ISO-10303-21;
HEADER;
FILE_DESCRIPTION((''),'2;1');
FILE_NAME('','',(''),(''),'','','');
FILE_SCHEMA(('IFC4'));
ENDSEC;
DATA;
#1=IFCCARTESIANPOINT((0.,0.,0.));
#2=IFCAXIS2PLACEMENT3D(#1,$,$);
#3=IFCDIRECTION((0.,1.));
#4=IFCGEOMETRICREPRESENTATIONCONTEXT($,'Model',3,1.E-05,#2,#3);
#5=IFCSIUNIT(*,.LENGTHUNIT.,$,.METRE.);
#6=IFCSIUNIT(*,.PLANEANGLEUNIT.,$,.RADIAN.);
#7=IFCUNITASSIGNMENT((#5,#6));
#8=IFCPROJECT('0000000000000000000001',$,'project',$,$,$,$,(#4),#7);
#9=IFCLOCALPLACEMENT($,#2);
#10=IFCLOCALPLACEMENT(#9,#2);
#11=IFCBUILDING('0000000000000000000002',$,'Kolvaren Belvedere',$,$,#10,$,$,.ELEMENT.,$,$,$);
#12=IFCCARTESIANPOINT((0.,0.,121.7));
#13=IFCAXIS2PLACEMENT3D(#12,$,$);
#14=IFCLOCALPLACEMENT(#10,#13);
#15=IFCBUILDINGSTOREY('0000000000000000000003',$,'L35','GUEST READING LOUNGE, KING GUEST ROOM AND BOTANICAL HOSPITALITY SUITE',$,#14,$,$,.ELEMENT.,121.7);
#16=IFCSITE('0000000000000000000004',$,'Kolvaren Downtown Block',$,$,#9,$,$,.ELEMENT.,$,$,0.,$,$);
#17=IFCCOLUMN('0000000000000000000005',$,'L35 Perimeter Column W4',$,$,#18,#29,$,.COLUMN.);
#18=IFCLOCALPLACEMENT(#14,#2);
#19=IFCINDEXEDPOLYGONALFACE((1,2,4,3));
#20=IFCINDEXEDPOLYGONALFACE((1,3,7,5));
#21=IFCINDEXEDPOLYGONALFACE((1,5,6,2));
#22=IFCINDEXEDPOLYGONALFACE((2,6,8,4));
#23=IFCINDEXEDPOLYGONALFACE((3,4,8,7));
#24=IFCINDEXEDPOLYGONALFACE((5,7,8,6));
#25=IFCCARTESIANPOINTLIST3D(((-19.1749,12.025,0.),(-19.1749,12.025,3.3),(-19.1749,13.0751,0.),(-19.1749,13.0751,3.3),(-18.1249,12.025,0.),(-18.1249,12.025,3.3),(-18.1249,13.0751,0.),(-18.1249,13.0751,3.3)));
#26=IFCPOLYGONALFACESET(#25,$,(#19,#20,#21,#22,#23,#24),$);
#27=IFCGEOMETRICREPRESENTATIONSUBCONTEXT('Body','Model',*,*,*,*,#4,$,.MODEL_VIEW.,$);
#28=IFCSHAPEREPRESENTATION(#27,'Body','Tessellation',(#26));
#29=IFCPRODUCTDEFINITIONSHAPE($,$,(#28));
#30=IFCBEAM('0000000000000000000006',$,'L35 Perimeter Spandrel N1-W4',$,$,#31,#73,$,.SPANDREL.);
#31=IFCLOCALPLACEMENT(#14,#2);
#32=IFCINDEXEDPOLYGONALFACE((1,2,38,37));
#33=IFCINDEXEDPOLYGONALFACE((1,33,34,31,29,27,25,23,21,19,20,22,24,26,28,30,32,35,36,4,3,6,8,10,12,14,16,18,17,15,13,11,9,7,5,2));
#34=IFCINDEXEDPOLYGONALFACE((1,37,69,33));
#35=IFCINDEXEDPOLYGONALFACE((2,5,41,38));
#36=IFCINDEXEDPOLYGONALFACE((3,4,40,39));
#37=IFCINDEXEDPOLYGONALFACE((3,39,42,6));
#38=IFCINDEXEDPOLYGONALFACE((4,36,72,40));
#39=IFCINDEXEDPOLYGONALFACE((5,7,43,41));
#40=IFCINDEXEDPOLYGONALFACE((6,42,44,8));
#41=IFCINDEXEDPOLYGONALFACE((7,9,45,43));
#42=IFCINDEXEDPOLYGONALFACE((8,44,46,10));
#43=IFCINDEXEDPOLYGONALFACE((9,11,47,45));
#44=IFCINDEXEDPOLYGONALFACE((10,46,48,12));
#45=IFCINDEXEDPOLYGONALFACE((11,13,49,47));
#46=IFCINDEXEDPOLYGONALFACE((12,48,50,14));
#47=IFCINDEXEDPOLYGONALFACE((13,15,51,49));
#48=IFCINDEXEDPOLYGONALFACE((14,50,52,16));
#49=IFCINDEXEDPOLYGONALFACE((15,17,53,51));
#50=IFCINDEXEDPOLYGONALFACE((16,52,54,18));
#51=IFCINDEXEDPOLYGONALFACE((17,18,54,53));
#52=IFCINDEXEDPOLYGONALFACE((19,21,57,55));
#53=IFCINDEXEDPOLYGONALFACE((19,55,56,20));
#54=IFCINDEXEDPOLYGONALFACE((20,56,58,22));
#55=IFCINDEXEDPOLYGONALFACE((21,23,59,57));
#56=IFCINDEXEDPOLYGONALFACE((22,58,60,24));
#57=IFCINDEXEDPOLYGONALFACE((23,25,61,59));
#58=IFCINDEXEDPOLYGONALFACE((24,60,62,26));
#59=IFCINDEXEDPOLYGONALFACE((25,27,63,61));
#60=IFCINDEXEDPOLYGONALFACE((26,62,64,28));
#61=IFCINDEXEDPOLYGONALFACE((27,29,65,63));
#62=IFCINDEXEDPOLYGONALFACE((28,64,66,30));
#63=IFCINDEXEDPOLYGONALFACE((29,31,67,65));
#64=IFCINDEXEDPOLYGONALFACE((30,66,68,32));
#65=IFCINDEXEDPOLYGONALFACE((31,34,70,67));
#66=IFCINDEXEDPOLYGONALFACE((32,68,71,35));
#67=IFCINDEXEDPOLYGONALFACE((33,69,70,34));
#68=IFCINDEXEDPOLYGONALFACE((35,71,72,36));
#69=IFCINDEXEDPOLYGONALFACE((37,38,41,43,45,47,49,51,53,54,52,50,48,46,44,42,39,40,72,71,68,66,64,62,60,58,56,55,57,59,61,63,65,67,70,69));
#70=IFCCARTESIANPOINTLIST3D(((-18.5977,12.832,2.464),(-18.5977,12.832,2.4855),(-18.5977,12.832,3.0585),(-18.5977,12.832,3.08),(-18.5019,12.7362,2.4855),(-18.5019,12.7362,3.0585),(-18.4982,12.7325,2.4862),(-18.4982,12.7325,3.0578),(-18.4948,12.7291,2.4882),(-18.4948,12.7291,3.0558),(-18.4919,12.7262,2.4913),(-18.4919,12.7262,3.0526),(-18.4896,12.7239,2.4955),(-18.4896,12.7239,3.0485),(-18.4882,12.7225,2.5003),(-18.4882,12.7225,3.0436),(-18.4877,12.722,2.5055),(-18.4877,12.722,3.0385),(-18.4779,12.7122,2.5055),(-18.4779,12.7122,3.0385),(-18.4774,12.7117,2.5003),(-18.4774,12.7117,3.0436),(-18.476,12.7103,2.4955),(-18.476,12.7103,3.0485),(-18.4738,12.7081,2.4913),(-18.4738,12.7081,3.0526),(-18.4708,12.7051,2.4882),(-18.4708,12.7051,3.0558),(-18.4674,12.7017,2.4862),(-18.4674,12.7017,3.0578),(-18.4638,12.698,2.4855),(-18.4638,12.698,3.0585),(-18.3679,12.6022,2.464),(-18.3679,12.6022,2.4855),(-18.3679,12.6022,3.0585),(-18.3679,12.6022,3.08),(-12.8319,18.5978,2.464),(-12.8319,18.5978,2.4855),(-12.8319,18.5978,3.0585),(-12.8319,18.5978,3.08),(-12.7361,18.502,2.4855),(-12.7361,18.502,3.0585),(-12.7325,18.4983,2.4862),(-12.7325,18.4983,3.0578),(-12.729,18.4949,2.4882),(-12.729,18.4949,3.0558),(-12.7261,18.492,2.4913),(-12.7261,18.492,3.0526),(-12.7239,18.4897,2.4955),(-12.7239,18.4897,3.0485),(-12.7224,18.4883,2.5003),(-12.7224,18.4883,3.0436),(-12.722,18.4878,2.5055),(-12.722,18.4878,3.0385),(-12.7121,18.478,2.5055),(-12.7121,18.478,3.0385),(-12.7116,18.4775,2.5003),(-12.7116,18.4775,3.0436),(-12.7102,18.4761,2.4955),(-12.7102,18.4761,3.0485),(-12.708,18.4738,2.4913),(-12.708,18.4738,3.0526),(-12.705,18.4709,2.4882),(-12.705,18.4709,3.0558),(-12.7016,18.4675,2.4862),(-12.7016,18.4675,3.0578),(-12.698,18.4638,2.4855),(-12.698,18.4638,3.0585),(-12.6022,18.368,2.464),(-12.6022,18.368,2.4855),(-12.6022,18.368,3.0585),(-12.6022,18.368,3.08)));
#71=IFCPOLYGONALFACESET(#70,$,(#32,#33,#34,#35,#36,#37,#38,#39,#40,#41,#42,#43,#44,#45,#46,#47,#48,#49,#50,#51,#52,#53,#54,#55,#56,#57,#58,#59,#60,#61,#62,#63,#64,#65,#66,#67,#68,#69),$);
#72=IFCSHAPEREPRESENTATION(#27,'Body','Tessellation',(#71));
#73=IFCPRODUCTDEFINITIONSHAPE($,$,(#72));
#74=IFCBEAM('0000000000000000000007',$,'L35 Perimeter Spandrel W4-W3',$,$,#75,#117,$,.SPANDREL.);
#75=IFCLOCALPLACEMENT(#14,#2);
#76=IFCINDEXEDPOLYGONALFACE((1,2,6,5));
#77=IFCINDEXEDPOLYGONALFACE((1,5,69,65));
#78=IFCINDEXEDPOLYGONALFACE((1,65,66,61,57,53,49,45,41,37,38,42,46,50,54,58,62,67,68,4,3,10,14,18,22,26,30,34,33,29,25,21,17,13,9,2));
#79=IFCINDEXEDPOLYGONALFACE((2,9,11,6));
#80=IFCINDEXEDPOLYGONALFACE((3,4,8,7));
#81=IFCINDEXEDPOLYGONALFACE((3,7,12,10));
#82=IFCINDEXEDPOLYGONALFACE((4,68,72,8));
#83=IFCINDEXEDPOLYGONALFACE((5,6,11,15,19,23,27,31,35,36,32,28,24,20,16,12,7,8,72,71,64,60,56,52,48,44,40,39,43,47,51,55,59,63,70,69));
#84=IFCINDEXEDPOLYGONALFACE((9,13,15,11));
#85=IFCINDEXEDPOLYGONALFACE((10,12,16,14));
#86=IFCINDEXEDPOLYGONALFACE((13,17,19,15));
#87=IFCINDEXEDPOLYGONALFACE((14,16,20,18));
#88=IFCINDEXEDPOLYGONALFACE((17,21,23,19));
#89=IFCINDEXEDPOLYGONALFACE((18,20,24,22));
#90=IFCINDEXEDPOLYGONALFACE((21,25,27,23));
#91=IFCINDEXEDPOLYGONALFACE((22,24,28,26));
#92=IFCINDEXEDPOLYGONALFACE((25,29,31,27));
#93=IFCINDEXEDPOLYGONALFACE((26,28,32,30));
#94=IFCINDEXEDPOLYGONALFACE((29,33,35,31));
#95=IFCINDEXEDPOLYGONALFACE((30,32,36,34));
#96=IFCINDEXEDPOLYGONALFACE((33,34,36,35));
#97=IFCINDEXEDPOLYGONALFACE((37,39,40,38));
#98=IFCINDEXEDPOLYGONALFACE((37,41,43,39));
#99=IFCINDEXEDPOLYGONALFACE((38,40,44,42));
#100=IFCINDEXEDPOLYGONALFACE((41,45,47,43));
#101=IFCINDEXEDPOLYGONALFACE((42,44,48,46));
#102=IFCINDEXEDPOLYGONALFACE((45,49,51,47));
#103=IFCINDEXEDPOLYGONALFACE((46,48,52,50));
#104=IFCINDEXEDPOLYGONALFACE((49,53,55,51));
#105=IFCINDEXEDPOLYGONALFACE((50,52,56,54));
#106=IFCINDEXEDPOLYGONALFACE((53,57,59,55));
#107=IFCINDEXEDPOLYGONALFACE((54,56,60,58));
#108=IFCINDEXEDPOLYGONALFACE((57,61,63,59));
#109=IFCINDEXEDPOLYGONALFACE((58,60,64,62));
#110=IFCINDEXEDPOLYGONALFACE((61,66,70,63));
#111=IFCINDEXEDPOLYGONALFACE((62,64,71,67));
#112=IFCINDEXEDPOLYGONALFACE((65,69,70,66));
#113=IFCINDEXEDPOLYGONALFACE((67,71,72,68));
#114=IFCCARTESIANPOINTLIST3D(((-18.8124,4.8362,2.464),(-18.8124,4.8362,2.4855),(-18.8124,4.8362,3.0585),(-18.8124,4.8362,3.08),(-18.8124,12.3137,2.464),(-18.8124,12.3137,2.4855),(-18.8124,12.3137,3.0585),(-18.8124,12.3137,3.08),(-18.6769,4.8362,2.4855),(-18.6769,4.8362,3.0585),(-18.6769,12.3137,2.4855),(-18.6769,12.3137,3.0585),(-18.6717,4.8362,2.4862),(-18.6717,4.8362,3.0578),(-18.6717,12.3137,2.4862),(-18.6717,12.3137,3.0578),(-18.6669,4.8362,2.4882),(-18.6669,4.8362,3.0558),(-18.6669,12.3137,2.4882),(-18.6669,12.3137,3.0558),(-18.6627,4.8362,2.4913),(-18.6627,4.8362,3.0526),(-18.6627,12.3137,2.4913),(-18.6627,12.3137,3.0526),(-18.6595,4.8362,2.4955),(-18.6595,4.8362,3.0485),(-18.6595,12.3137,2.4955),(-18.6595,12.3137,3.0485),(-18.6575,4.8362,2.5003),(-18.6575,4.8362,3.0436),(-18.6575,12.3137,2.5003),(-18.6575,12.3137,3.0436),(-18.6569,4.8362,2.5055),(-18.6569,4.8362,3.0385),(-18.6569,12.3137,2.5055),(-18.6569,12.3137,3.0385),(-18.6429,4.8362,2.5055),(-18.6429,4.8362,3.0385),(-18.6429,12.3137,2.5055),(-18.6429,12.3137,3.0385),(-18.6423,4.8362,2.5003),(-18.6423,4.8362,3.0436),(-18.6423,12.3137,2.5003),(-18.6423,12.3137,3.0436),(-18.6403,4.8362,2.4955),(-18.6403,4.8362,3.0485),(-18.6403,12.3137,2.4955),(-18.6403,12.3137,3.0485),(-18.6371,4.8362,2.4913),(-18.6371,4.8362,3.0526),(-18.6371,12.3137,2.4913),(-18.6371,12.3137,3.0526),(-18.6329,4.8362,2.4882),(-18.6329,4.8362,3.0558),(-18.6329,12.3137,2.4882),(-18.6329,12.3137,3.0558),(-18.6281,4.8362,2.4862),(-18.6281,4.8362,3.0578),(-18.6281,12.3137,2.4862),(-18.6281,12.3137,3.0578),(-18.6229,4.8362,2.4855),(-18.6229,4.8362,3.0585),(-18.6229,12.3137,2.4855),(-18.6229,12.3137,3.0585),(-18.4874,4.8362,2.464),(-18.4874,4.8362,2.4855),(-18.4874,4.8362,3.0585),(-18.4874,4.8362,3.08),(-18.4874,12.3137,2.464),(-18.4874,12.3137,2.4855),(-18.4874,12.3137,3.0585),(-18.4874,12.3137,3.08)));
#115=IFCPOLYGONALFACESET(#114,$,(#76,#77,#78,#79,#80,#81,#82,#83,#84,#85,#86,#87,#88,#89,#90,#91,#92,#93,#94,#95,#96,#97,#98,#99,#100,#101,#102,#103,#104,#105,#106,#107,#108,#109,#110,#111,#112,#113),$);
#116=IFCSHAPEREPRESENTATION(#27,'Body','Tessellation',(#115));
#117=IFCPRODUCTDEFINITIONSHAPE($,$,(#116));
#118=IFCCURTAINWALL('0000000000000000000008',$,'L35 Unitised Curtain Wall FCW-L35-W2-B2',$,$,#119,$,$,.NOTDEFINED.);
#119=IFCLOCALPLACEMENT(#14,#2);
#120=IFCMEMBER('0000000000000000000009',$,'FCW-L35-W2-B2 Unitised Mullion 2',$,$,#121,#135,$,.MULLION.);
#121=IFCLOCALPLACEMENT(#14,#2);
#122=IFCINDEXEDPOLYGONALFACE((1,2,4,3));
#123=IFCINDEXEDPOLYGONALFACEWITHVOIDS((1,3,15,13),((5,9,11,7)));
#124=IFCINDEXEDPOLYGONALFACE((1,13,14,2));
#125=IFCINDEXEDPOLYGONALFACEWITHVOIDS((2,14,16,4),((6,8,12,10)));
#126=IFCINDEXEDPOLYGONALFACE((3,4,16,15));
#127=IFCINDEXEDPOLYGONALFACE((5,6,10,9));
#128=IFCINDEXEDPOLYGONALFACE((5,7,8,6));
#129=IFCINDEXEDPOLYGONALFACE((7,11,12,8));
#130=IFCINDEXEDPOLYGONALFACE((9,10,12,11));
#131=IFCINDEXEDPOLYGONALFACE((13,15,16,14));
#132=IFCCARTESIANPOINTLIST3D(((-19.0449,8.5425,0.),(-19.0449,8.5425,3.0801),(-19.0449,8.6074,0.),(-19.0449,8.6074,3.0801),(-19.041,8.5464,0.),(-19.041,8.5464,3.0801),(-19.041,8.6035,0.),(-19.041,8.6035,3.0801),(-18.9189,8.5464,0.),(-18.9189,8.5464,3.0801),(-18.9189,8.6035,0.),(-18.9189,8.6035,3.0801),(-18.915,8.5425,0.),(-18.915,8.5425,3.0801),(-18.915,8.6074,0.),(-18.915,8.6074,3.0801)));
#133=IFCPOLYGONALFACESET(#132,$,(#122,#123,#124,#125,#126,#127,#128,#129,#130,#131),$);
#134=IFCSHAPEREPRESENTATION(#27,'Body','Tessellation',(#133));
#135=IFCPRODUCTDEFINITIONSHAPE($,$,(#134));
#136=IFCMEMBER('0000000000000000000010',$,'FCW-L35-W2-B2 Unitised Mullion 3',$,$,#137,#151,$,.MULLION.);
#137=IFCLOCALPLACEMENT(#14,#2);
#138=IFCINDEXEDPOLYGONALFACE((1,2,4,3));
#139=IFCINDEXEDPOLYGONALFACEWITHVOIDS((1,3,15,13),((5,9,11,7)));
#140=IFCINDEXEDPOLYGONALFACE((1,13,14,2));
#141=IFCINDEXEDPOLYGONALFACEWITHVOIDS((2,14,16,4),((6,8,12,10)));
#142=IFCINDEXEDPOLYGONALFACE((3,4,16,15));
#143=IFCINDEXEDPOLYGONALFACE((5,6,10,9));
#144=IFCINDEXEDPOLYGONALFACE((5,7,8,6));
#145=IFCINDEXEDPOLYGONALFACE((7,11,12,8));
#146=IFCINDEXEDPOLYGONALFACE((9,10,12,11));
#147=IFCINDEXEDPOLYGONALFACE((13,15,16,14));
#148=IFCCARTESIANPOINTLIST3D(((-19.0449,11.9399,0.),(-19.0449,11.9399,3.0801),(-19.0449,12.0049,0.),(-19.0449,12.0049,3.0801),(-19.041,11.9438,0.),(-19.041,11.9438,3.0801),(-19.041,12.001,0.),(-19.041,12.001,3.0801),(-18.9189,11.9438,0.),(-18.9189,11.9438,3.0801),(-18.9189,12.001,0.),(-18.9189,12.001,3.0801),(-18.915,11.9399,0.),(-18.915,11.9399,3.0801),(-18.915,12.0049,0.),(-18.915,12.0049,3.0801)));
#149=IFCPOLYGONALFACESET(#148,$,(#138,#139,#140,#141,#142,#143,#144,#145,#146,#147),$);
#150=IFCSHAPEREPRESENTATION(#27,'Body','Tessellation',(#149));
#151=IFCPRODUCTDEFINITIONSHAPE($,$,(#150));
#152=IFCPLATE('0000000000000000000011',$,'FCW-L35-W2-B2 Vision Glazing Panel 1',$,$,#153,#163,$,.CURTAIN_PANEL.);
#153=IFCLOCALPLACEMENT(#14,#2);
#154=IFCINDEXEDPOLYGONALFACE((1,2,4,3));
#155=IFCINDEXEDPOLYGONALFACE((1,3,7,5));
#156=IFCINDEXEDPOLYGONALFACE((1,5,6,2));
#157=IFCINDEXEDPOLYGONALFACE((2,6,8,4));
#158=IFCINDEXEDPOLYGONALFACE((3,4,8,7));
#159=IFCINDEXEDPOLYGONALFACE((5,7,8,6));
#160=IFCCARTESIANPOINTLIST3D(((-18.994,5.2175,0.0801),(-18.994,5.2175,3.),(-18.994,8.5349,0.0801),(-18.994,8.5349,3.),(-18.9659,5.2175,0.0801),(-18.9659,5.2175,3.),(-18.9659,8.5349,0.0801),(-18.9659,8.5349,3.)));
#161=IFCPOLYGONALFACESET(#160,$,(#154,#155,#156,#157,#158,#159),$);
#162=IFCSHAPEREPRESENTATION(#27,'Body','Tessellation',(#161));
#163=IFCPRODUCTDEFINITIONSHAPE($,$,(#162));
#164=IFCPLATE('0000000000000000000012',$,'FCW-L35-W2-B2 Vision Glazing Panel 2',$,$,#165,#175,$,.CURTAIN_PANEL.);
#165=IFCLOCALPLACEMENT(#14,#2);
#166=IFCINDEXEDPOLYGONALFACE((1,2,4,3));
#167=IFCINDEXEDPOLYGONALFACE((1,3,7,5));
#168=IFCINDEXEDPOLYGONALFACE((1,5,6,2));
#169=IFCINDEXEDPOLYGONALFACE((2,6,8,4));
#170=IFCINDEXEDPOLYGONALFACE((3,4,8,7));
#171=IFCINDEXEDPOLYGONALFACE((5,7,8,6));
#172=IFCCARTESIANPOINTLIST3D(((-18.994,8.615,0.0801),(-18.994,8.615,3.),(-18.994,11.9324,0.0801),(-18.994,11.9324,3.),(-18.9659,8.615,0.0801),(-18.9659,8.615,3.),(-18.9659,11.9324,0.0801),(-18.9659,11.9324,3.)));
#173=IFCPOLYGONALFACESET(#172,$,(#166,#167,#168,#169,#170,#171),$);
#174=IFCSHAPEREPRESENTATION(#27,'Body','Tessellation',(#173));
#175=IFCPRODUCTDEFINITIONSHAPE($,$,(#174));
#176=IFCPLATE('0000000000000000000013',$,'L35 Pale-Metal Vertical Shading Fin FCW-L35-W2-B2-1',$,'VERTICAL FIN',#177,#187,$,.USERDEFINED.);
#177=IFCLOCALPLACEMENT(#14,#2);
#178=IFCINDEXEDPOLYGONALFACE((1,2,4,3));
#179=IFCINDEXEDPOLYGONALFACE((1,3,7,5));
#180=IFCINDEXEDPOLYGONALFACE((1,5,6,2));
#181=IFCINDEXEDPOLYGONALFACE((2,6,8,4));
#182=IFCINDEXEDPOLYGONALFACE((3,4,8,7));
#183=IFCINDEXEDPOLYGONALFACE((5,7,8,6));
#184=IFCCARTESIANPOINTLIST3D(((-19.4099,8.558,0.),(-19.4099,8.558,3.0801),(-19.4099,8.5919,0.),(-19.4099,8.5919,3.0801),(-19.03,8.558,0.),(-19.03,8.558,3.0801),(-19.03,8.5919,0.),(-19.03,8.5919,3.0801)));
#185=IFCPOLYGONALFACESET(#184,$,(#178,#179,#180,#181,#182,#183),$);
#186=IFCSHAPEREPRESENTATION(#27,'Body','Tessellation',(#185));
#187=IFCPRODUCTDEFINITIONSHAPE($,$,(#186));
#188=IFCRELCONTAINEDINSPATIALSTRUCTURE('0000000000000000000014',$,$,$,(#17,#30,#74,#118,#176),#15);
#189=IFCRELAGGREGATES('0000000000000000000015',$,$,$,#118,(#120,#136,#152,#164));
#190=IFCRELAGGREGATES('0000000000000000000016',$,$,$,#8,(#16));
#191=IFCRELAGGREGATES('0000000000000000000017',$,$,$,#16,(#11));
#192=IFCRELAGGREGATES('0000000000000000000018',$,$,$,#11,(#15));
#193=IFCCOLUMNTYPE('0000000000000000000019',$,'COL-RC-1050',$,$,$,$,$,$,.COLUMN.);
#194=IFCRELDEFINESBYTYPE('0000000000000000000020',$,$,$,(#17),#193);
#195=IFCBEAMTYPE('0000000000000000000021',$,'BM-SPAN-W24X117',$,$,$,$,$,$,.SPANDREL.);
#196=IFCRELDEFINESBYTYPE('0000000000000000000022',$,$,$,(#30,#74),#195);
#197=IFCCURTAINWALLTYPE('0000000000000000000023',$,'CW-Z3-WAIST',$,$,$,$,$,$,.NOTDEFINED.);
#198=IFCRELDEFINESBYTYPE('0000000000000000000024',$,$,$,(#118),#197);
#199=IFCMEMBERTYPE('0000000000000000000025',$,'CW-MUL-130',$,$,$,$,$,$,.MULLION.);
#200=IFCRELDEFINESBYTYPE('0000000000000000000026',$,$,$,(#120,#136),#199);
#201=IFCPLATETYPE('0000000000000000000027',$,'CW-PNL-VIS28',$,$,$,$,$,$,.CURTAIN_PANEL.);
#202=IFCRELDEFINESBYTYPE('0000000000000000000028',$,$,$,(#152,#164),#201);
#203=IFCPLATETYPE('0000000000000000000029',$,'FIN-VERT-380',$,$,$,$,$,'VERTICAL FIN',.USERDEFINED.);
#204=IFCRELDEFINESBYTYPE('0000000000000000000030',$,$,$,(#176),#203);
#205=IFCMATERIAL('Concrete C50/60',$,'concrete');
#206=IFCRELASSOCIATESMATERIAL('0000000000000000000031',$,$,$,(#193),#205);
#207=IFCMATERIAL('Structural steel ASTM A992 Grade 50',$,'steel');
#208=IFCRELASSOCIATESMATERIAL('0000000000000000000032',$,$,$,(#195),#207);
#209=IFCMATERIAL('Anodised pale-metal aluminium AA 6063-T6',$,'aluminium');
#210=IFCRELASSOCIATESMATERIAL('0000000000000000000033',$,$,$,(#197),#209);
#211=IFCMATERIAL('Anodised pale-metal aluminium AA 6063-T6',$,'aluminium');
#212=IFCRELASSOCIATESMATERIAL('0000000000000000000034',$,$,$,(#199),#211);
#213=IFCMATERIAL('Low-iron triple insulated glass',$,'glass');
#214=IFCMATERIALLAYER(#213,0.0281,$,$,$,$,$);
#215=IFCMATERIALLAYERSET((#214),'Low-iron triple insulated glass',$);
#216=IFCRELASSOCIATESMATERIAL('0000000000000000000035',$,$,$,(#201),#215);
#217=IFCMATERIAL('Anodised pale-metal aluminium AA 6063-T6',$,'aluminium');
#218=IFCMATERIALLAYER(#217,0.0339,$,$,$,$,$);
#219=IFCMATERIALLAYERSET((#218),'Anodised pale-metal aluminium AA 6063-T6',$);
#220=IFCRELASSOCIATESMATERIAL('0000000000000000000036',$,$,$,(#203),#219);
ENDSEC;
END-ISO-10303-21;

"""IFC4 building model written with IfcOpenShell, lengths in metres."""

from ifc_helpers import new_model, si_unit, direction, frame, origin, origin_2d, place, context, subcontext, project, spatial, rectangle, hollow_rectangle, i_section, extrude, material, layer, layer_set, material_profile, profile_set, type_object, element, aggregate, save


model = new_model("IFC4")

# Units and contexts
model_context = context("Model", 3, precision=1e-05, world=origin(), true_north=direction((0.0, 1.0)))
body_context = subcontext(model_context, "Body", "Model", "MODEL_VIEW")
ifc_project = project(units=[si_unit("LENGTHUNIT", "METRE"), si_unit("PLANEANGLEUNIT", "RADIAN")], contexts=[model_context])

# Site, building, storey
site_placement = place(None, origin())
site = spatial("IfcSite", under=ifc_project, at=site_placement, Name="Kolvaren Downtown Block", CompositionType="ELEMENT", RefElevation=0.0)
building_placement = place(site_placement, origin())
building = spatial("IfcBuilding", under=site, at=building_placement, Name="Kolvaren Belvedere", CompositionType="ELEMENT")
storey_placement = place(building_placement, frame((0.0, 0.0, 121.7)))
storey = spatial("IfcBuildingStorey", under=building, at=storey_placement, Name="L35", Description="GUEST READING LOUNGE, KING GUEST ROOM AND BOTANICAL HOSPITALITY SUITE", CompositionType="ELEMENT", Elevation=121.7)

# Column
ifc_material_1 = material(Name="Concrete C50/60", Category="concrete")
ifc_material_profile_1 = material_profile(ifc_material_1, rectangle(XDim=1.05, YDim=1.05, at=origin_2d()), Name="RC 1050X1050")
ifc_profile_set_1 = profile_set([ifc_material_profile_1], Name="Concrete C50/60")
column_type = type_object("IfcColumnType", Name="COL-RC-1050", PredefinedType="COLUMN", material=ifc_profile_set_1)
column_placement = place(storey_placement, frame((-18.6499, 12.55, 0.0), z_axis=(0.0, 0.0, 1.0), x_axis=(1.0, 0.0, 0.0)))
element("IfcColumn", 1, at=column_placement, inside=storey, type_object=column_type, Name="L35 Perimeter Column W4", PredefinedType="COLUMN", context=body_context, shape_type="SweptSolid", body=[
    extrude(rectangle(XDim=1.05, YDim=1.05, at=origin_2d()), origin(), (0.0, 0.0, 1.0), 3.3),
])

# Beams
ifc_material_2 = material(Name="Structural steel ASTM A992 Grade 50", Category="steel")
ifc_material_profile_2 = material_profile(ifc_material_2, i_section(OverallWidth=0.325, OverallDepth=0.616, WebThickness=0.0139, FlangeThickness=0.0215, FilletRadius=0.02, at=origin_2d()), Name="W24X117")
ifc_profile_set_2 = profile_set([ifc_material_profile_2], Name="Structural steel ASTM A992 Grade 50")
beam_type = type_object("IfcBeamType", Name="BM-SPAN-W24X117", PredefinedType="SPANDREL", material=ifc_profile_set_2)
beam_1_placement = place(storey_placement, frame((-12.717, 18.4829, 2.772), z_axis=(-0.707107, -0.707107, 0.0), x_axis=(0.707107, -0.707107, 0.0)))
element("IfcBeam", 2, at=beam_1_placement, inside=storey, type_object=beam_type, Name="L35 Perimeter Spandrel N1-W4", PredefinedType="SPANDREL", context=body_context, shape_type="SweptSolid", body=[
    extrude(i_section(OverallWidth=0.325, OverallDepth=0.616, WebThickness=0.0139, FlangeThickness=0.0215, FilletRadius=0.02, at=origin_2d()), origin(), (0.0, 0.0, 1.0), 8.1541),
])
beam_2_placement = place(storey_placement, frame((-18.6499, 12.3137, 2.772), z_axis=(0.0, -1.0, 0.0), x_axis=(1.0, 0.0, 0.0)))
element("IfcBeam", 3, at=beam_2_placement, inside=storey, type_object=beam_type, Name="L35 Perimeter Spandrel W4-W3", PredefinedType="SPANDREL", context=body_context, shape_type="SweptSolid", body=[
    extrude(i_section(OverallWidth=0.325, OverallDepth=0.616, WebThickness=0.0139, FlangeThickness=0.0215, FilletRadius=0.02, at=origin_2d()), origin(), (0.0, 0.0, 1.0), 7.4775),
])

# Curtain wall, members, plates
ifc_material_3 = material(Name="Anodised pale-metal aluminium AA 6063-T6", Category="aluminium")
curtain_wall_type = type_object("IfcCurtainWallType", Name="CW-Z3-WAIST", PredefinedType="NOTDEFINED", material=ifc_material_3)
curtain_wall_placement = place(storey_placement, origin())
curtain_wall = element("IfcCurtainWall", 4, at=curtain_wall_placement, inside=storey, type_object=curtain_wall_type, Name="L35 Unitised Curtain Wall FCW-L35-W2-B2", PredefinedType="NOTDEFINED")
ifc_material_4 = material(Name="Anodised pale-metal aluminium AA 6063-T6", Category="aluminium")
ifc_material_profile_3 = material_profile(ifc_material_4, hollow_rectangle(XDim=0.0649, YDim=0.1299, WallThickness=0.0039, at=origin_2d()), Name="ALU-MUL-130X65")
ifc_profile_set_3 = profile_set([ifc_material_profile_3], Name="Anodised pale-metal aluminium AA 6063-T6")
member_type = type_object("IfcMemberType", Name="CW-MUL-130", PredefinedType="MULLION", material=ifc_profile_set_3)
member_1_placement = place(storey_placement, frame((-18.98, 8.575, 0.0), z_axis=(0.0, 0.0, 1.0), x_axis=(0.0, 1.0, 0.0)))
member_1 = element("IfcMember", 5, at=member_1_placement, type_object=member_type, Name="FCW-L35-W2-B2 Unitised Mullion 2", PredefinedType="MULLION", context=body_context, shape_type="SweptSolid", body=[
    extrude(hollow_rectangle(XDim=0.0649, YDim=0.1299, WallThickness=0.0039, at=origin_2d()), origin(), (0.0, 0.0, 1.0), 3.0801),
])
member_2_placement = place(storey_placement, frame((-18.98, 11.9724, 0.0), z_axis=(0.0, 0.0, 1.0), x_axis=(0.0, 1.0, 0.0)))
member_2 = element("IfcMember", 6, at=member_2_placement, type_object=member_type, Name="FCW-L35-W2-B2 Unitised Mullion 3", PredefinedType="MULLION", context=body_context, shape_type="SweptSolid", body=[
    extrude(hollow_rectangle(XDim=0.0649, YDim=0.1299, WallThickness=0.0039, at=origin_2d()), origin(), (0.0, 0.0, 1.0), 3.0801),
])
ifc_material_5 = material(Name="Low-iron triple insulated glass", Category="glass")
ifc_layer_1 = layer(ifc_material_5, 0.0281)
ifc_layer_set_1 = layer_set([ifc_layer_1], Name="Low-iron triple insulated glass")
plate_type_1 = type_object("IfcPlateType", Name="CW-PNL-VIS28", PredefinedType="CURTAIN_PANEL", material=ifc_layer_set_1)
plate_1_placement = place(storey_placement, frame((-18.98, 6.8762, 0.0801), z_axis=(0.0, 0.0, 1.0), x_axis=(0.0, 1.0, 0.0)))
plate_1 = element("IfcPlate", 7, at=plate_1_placement, type_object=plate_type_1, Name="FCW-L35-W2-B2 Vision Glazing Panel 1", PredefinedType="CURTAIN_PANEL", context=body_context, shape_type="SweptSolid", body=[
    extrude(rectangle(XDim=3.3174, YDim=0.0281, at=origin_2d()), origin(), (0.0, 0.0, 1.0), 2.9199),
])
plate_2_placement = place(storey_placement, frame((-18.98, 10.2737, 0.0801), z_axis=(0.0, 0.0, 1.0), x_axis=(0.0, 1.0, 0.0)))
plate_2 = element("IfcPlate", 8, at=plate_2_placement, type_object=plate_type_1, Name="FCW-L35-W2-B2 Vision Glazing Panel 2", PredefinedType="CURTAIN_PANEL", context=body_context, shape_type="SweptSolid", body=[
    extrude(rectangle(XDim=3.3174, YDim=0.0281, at=origin_2d()), origin(), (0.0, 0.0, 1.0), 2.9199),
])
aggregate(curtain_wall, [member_1, member_2, plate_1, plate_2])

# Plate
ifc_material_6 = material(Name="Anodised pale-metal aluminium AA 6063-T6", Category="aluminium")
ifc_layer_2 = layer(ifc_material_6, 0.0339)
ifc_layer_set_2 = layer_set([ifc_layer_2], Name="Anodised pale-metal aluminium AA 6063-T6")
plate_type_2 = type_object("IfcPlateType", Name="FIN-VERT-380", ElementType="VERTICAL FIN", PredefinedType="USERDEFINED", material=ifc_layer_set_2)
plate_3_placement = place(storey_placement, frame((-19.22, 8.575, 0.0), z_axis=(0.0, 0.0, 1.0), x_axis=(1.0, 0.0, 0.0)))
element("IfcPlate", 9, at=plate_3_placement, inside=storey, type_object=plate_type_2, Name="L35 Pale-Metal Vertical Shading Fin FCW-L35-W2-B2-1", ObjectType="VERTICAL FIN", PredefinedType="USERDEFINED", context=body_context, shape_type="SweptSolid", body=[
    extrude(rectangle(XDim=0.3799, YDim=0.0339, at=origin_2d()), origin(), (0.0, 0.0, 1.0), 3.0801),
])

save(model, "model.ifc")
